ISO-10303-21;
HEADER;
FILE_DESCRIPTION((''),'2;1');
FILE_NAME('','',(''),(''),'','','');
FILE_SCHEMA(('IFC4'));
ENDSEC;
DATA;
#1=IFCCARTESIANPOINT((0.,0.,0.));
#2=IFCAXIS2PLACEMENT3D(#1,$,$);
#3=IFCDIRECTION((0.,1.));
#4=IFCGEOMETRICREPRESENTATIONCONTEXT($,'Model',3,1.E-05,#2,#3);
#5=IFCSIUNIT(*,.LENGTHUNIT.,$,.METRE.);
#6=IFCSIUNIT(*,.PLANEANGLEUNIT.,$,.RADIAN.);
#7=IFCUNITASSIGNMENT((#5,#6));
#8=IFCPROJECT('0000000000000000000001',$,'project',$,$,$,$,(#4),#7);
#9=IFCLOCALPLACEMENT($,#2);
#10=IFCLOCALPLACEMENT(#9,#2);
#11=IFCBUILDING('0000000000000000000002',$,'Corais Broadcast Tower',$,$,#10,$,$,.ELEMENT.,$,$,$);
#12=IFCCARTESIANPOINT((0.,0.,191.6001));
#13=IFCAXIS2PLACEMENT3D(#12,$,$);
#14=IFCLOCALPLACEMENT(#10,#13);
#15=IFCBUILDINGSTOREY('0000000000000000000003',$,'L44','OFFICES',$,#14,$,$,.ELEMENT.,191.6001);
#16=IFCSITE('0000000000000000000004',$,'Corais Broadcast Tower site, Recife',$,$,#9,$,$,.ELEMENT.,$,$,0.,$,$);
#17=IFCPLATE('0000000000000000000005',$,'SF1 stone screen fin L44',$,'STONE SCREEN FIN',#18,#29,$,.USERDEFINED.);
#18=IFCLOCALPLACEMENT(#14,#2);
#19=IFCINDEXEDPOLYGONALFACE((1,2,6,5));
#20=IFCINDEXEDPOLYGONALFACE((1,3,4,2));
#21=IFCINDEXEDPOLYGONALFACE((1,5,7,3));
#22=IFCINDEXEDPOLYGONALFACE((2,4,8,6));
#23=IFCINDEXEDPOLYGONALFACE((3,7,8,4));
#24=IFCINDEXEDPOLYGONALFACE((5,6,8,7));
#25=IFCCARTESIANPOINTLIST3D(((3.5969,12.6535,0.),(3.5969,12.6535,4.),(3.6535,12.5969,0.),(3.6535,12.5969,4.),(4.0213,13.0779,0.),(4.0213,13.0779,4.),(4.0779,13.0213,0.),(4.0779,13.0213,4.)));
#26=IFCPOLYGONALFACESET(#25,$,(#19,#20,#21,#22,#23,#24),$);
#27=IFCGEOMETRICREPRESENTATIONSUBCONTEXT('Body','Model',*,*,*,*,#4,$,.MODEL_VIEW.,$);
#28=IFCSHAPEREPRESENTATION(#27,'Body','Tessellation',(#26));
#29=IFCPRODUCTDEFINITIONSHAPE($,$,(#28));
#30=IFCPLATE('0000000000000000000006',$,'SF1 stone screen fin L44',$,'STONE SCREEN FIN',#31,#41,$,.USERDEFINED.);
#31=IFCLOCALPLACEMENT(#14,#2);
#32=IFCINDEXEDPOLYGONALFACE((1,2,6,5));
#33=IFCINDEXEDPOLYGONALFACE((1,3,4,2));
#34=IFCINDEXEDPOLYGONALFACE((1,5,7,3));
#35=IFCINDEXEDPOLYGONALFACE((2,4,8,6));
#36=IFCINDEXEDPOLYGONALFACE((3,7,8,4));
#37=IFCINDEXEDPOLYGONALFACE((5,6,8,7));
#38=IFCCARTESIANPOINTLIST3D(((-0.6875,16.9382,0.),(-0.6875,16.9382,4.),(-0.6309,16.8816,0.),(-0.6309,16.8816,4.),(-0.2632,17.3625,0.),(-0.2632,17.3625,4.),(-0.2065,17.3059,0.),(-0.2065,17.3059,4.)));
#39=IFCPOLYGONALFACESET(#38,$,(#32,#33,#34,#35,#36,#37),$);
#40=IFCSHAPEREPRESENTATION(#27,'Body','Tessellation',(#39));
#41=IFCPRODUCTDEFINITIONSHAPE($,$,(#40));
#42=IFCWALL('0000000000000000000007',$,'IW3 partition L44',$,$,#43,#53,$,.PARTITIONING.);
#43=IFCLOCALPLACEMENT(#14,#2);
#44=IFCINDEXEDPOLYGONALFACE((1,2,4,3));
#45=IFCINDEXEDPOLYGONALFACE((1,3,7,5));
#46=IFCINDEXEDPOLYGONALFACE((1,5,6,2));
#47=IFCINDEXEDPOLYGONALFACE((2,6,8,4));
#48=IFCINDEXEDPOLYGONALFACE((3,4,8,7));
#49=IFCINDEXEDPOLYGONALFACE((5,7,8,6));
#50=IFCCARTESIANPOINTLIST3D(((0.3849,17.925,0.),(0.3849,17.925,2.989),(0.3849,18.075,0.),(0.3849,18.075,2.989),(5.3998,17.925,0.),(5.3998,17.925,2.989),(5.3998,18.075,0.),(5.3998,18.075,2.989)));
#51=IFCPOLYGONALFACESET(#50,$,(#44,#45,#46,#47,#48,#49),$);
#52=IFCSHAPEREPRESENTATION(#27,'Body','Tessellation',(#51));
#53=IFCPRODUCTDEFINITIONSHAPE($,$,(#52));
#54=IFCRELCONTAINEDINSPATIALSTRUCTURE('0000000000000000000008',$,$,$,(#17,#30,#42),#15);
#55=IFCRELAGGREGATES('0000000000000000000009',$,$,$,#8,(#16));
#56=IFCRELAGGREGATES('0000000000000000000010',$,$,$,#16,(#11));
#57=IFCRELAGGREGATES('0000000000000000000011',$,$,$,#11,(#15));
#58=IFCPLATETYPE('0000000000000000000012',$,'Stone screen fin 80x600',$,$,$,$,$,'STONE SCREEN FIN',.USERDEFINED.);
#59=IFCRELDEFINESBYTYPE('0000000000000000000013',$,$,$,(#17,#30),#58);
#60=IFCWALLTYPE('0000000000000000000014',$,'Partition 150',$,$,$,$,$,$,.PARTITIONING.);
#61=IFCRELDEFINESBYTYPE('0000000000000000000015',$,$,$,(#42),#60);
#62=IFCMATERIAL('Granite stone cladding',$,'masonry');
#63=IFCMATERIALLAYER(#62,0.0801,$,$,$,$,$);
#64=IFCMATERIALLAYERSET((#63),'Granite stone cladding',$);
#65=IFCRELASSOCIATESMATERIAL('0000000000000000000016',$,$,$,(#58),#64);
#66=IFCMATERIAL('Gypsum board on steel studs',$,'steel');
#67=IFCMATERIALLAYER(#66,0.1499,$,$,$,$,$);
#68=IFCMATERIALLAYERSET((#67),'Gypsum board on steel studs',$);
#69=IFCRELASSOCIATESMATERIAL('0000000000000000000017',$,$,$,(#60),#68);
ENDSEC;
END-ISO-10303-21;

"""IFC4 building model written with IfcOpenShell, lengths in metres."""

from ifc_helpers import new_model, si_unit, direction, frame, frame_2d, origin, origin_2d, place, context, subcontext, project, spatial, rectangle, extrude, material, layer, layer_set, type_object, element, save


model = new_model("IFC4")

# Units and contexts
model_context = context("Model", 3, precision=1e-05, world=origin(), true_north=direction((0.0, 1.0)))
body_context = subcontext(model_context, "Body", "Model", "MODEL_VIEW")
ifc_project = project(units=[si_unit("LENGTHUNIT", "METRE"), si_unit("PLANEANGLEUNIT", "RADIAN")], contexts=[model_context])

# Site, building, storey
site_placement = place(None, origin())
site = spatial("IfcSite", under=ifc_project, at=site_placement, Name="Corais Broadcast Tower site, Recife", CompositionType="ELEMENT", RefElevation=0.0)
building_placement = place(site_placement, origin())
building = spatial("IfcBuilding", under=site, at=building_placement, Name="Corais Broadcast Tower", CompositionType="ELEMENT")
storey_placement = place(building_placement, frame((0.0, 0.0, 191.6001)))
storey = spatial("IfcBuildingStorey", under=building, at=storey_placement, Name="L44", Description="OFFICES", CompositionType="ELEMENT", Elevation=191.6001)

# Plates
ifc_material_1 = material(Name="Granite stone cladding", Category="masonry")
ifc_layer_1 = layer(ifc_material_1, 0.0801)
ifc_layer_set_1 = layer_set([ifc_layer_1], Name="Granite stone cladding")
plate_type_1 = type_object("IfcPlateType", Name="Stone screen fin 80x600", ElementType="STONE SCREEN FIN", PredefinedType="USERDEFINED", material=ifc_layer_set_1)
for number, where, z_axis, x_axis, name in (
    (1, (3.8374, 12.8374, 0.0), (0.0, 0.0, 1.0), (-0.707107, 0.707107, 0.0), "SF1 stone screen fin L44"),
    (2, (-0.447, 17.1221, 0.0), (0.0, 0.0, 1.0), (-0.707107, 0.707107, 0.0), "SF1 stone screen fin L44"),
):
    element("IfcPlate", number, at=place(storey_placement, frame(where, z_axis=z_axis, x_axis=x_axis)), inside=storey, type_object=plate_type_1, Name=name, ObjectType="STONE SCREEN FIN", PredefinedType="USERDEFINED", context=body_context, shape_type="SweptSolid", body=[
        extrude(rectangle(XDim=0.0801, YDim=0.6001, at=origin_2d()), origin(), (0.0, 0.0, 1.0), 4.0),
    ])

# Wall
ifc_material_2 = material(Name="Gypsum board on steel studs", Category="steel")
ifc_layer_2 = layer(ifc_material_2, 0.1499)
ifc_layer_set_2 = layer_set([ifc_layer_2], Name="Gypsum board on steel studs")
wall_type = type_object("IfcWallType", Name="Partition 150", PredefinedType="PARTITIONING", material=ifc_layer_set_2)
wall_placement = place(storey_placement, frame((0.385, 18.0, 0.0), z_axis=(0.0, 0.0, 1.0), x_axis=(1.0, 0.0, 0.0)))
element("IfcWall", 3, at=wall_placement, inside=storey, type_object=wall_type, Name="IW3 partition L44", PredefinedType="PARTITIONING", context=body_context, shape_type="SweptSolid", body=[
    extrude(rectangle(XDim=5.0149, YDim=0.1499, at=frame_2d((2.5073, 0.0))), origin(), (0.0, 0.0, 1.0), 2.989),
])

save(model, "model.ifc")
